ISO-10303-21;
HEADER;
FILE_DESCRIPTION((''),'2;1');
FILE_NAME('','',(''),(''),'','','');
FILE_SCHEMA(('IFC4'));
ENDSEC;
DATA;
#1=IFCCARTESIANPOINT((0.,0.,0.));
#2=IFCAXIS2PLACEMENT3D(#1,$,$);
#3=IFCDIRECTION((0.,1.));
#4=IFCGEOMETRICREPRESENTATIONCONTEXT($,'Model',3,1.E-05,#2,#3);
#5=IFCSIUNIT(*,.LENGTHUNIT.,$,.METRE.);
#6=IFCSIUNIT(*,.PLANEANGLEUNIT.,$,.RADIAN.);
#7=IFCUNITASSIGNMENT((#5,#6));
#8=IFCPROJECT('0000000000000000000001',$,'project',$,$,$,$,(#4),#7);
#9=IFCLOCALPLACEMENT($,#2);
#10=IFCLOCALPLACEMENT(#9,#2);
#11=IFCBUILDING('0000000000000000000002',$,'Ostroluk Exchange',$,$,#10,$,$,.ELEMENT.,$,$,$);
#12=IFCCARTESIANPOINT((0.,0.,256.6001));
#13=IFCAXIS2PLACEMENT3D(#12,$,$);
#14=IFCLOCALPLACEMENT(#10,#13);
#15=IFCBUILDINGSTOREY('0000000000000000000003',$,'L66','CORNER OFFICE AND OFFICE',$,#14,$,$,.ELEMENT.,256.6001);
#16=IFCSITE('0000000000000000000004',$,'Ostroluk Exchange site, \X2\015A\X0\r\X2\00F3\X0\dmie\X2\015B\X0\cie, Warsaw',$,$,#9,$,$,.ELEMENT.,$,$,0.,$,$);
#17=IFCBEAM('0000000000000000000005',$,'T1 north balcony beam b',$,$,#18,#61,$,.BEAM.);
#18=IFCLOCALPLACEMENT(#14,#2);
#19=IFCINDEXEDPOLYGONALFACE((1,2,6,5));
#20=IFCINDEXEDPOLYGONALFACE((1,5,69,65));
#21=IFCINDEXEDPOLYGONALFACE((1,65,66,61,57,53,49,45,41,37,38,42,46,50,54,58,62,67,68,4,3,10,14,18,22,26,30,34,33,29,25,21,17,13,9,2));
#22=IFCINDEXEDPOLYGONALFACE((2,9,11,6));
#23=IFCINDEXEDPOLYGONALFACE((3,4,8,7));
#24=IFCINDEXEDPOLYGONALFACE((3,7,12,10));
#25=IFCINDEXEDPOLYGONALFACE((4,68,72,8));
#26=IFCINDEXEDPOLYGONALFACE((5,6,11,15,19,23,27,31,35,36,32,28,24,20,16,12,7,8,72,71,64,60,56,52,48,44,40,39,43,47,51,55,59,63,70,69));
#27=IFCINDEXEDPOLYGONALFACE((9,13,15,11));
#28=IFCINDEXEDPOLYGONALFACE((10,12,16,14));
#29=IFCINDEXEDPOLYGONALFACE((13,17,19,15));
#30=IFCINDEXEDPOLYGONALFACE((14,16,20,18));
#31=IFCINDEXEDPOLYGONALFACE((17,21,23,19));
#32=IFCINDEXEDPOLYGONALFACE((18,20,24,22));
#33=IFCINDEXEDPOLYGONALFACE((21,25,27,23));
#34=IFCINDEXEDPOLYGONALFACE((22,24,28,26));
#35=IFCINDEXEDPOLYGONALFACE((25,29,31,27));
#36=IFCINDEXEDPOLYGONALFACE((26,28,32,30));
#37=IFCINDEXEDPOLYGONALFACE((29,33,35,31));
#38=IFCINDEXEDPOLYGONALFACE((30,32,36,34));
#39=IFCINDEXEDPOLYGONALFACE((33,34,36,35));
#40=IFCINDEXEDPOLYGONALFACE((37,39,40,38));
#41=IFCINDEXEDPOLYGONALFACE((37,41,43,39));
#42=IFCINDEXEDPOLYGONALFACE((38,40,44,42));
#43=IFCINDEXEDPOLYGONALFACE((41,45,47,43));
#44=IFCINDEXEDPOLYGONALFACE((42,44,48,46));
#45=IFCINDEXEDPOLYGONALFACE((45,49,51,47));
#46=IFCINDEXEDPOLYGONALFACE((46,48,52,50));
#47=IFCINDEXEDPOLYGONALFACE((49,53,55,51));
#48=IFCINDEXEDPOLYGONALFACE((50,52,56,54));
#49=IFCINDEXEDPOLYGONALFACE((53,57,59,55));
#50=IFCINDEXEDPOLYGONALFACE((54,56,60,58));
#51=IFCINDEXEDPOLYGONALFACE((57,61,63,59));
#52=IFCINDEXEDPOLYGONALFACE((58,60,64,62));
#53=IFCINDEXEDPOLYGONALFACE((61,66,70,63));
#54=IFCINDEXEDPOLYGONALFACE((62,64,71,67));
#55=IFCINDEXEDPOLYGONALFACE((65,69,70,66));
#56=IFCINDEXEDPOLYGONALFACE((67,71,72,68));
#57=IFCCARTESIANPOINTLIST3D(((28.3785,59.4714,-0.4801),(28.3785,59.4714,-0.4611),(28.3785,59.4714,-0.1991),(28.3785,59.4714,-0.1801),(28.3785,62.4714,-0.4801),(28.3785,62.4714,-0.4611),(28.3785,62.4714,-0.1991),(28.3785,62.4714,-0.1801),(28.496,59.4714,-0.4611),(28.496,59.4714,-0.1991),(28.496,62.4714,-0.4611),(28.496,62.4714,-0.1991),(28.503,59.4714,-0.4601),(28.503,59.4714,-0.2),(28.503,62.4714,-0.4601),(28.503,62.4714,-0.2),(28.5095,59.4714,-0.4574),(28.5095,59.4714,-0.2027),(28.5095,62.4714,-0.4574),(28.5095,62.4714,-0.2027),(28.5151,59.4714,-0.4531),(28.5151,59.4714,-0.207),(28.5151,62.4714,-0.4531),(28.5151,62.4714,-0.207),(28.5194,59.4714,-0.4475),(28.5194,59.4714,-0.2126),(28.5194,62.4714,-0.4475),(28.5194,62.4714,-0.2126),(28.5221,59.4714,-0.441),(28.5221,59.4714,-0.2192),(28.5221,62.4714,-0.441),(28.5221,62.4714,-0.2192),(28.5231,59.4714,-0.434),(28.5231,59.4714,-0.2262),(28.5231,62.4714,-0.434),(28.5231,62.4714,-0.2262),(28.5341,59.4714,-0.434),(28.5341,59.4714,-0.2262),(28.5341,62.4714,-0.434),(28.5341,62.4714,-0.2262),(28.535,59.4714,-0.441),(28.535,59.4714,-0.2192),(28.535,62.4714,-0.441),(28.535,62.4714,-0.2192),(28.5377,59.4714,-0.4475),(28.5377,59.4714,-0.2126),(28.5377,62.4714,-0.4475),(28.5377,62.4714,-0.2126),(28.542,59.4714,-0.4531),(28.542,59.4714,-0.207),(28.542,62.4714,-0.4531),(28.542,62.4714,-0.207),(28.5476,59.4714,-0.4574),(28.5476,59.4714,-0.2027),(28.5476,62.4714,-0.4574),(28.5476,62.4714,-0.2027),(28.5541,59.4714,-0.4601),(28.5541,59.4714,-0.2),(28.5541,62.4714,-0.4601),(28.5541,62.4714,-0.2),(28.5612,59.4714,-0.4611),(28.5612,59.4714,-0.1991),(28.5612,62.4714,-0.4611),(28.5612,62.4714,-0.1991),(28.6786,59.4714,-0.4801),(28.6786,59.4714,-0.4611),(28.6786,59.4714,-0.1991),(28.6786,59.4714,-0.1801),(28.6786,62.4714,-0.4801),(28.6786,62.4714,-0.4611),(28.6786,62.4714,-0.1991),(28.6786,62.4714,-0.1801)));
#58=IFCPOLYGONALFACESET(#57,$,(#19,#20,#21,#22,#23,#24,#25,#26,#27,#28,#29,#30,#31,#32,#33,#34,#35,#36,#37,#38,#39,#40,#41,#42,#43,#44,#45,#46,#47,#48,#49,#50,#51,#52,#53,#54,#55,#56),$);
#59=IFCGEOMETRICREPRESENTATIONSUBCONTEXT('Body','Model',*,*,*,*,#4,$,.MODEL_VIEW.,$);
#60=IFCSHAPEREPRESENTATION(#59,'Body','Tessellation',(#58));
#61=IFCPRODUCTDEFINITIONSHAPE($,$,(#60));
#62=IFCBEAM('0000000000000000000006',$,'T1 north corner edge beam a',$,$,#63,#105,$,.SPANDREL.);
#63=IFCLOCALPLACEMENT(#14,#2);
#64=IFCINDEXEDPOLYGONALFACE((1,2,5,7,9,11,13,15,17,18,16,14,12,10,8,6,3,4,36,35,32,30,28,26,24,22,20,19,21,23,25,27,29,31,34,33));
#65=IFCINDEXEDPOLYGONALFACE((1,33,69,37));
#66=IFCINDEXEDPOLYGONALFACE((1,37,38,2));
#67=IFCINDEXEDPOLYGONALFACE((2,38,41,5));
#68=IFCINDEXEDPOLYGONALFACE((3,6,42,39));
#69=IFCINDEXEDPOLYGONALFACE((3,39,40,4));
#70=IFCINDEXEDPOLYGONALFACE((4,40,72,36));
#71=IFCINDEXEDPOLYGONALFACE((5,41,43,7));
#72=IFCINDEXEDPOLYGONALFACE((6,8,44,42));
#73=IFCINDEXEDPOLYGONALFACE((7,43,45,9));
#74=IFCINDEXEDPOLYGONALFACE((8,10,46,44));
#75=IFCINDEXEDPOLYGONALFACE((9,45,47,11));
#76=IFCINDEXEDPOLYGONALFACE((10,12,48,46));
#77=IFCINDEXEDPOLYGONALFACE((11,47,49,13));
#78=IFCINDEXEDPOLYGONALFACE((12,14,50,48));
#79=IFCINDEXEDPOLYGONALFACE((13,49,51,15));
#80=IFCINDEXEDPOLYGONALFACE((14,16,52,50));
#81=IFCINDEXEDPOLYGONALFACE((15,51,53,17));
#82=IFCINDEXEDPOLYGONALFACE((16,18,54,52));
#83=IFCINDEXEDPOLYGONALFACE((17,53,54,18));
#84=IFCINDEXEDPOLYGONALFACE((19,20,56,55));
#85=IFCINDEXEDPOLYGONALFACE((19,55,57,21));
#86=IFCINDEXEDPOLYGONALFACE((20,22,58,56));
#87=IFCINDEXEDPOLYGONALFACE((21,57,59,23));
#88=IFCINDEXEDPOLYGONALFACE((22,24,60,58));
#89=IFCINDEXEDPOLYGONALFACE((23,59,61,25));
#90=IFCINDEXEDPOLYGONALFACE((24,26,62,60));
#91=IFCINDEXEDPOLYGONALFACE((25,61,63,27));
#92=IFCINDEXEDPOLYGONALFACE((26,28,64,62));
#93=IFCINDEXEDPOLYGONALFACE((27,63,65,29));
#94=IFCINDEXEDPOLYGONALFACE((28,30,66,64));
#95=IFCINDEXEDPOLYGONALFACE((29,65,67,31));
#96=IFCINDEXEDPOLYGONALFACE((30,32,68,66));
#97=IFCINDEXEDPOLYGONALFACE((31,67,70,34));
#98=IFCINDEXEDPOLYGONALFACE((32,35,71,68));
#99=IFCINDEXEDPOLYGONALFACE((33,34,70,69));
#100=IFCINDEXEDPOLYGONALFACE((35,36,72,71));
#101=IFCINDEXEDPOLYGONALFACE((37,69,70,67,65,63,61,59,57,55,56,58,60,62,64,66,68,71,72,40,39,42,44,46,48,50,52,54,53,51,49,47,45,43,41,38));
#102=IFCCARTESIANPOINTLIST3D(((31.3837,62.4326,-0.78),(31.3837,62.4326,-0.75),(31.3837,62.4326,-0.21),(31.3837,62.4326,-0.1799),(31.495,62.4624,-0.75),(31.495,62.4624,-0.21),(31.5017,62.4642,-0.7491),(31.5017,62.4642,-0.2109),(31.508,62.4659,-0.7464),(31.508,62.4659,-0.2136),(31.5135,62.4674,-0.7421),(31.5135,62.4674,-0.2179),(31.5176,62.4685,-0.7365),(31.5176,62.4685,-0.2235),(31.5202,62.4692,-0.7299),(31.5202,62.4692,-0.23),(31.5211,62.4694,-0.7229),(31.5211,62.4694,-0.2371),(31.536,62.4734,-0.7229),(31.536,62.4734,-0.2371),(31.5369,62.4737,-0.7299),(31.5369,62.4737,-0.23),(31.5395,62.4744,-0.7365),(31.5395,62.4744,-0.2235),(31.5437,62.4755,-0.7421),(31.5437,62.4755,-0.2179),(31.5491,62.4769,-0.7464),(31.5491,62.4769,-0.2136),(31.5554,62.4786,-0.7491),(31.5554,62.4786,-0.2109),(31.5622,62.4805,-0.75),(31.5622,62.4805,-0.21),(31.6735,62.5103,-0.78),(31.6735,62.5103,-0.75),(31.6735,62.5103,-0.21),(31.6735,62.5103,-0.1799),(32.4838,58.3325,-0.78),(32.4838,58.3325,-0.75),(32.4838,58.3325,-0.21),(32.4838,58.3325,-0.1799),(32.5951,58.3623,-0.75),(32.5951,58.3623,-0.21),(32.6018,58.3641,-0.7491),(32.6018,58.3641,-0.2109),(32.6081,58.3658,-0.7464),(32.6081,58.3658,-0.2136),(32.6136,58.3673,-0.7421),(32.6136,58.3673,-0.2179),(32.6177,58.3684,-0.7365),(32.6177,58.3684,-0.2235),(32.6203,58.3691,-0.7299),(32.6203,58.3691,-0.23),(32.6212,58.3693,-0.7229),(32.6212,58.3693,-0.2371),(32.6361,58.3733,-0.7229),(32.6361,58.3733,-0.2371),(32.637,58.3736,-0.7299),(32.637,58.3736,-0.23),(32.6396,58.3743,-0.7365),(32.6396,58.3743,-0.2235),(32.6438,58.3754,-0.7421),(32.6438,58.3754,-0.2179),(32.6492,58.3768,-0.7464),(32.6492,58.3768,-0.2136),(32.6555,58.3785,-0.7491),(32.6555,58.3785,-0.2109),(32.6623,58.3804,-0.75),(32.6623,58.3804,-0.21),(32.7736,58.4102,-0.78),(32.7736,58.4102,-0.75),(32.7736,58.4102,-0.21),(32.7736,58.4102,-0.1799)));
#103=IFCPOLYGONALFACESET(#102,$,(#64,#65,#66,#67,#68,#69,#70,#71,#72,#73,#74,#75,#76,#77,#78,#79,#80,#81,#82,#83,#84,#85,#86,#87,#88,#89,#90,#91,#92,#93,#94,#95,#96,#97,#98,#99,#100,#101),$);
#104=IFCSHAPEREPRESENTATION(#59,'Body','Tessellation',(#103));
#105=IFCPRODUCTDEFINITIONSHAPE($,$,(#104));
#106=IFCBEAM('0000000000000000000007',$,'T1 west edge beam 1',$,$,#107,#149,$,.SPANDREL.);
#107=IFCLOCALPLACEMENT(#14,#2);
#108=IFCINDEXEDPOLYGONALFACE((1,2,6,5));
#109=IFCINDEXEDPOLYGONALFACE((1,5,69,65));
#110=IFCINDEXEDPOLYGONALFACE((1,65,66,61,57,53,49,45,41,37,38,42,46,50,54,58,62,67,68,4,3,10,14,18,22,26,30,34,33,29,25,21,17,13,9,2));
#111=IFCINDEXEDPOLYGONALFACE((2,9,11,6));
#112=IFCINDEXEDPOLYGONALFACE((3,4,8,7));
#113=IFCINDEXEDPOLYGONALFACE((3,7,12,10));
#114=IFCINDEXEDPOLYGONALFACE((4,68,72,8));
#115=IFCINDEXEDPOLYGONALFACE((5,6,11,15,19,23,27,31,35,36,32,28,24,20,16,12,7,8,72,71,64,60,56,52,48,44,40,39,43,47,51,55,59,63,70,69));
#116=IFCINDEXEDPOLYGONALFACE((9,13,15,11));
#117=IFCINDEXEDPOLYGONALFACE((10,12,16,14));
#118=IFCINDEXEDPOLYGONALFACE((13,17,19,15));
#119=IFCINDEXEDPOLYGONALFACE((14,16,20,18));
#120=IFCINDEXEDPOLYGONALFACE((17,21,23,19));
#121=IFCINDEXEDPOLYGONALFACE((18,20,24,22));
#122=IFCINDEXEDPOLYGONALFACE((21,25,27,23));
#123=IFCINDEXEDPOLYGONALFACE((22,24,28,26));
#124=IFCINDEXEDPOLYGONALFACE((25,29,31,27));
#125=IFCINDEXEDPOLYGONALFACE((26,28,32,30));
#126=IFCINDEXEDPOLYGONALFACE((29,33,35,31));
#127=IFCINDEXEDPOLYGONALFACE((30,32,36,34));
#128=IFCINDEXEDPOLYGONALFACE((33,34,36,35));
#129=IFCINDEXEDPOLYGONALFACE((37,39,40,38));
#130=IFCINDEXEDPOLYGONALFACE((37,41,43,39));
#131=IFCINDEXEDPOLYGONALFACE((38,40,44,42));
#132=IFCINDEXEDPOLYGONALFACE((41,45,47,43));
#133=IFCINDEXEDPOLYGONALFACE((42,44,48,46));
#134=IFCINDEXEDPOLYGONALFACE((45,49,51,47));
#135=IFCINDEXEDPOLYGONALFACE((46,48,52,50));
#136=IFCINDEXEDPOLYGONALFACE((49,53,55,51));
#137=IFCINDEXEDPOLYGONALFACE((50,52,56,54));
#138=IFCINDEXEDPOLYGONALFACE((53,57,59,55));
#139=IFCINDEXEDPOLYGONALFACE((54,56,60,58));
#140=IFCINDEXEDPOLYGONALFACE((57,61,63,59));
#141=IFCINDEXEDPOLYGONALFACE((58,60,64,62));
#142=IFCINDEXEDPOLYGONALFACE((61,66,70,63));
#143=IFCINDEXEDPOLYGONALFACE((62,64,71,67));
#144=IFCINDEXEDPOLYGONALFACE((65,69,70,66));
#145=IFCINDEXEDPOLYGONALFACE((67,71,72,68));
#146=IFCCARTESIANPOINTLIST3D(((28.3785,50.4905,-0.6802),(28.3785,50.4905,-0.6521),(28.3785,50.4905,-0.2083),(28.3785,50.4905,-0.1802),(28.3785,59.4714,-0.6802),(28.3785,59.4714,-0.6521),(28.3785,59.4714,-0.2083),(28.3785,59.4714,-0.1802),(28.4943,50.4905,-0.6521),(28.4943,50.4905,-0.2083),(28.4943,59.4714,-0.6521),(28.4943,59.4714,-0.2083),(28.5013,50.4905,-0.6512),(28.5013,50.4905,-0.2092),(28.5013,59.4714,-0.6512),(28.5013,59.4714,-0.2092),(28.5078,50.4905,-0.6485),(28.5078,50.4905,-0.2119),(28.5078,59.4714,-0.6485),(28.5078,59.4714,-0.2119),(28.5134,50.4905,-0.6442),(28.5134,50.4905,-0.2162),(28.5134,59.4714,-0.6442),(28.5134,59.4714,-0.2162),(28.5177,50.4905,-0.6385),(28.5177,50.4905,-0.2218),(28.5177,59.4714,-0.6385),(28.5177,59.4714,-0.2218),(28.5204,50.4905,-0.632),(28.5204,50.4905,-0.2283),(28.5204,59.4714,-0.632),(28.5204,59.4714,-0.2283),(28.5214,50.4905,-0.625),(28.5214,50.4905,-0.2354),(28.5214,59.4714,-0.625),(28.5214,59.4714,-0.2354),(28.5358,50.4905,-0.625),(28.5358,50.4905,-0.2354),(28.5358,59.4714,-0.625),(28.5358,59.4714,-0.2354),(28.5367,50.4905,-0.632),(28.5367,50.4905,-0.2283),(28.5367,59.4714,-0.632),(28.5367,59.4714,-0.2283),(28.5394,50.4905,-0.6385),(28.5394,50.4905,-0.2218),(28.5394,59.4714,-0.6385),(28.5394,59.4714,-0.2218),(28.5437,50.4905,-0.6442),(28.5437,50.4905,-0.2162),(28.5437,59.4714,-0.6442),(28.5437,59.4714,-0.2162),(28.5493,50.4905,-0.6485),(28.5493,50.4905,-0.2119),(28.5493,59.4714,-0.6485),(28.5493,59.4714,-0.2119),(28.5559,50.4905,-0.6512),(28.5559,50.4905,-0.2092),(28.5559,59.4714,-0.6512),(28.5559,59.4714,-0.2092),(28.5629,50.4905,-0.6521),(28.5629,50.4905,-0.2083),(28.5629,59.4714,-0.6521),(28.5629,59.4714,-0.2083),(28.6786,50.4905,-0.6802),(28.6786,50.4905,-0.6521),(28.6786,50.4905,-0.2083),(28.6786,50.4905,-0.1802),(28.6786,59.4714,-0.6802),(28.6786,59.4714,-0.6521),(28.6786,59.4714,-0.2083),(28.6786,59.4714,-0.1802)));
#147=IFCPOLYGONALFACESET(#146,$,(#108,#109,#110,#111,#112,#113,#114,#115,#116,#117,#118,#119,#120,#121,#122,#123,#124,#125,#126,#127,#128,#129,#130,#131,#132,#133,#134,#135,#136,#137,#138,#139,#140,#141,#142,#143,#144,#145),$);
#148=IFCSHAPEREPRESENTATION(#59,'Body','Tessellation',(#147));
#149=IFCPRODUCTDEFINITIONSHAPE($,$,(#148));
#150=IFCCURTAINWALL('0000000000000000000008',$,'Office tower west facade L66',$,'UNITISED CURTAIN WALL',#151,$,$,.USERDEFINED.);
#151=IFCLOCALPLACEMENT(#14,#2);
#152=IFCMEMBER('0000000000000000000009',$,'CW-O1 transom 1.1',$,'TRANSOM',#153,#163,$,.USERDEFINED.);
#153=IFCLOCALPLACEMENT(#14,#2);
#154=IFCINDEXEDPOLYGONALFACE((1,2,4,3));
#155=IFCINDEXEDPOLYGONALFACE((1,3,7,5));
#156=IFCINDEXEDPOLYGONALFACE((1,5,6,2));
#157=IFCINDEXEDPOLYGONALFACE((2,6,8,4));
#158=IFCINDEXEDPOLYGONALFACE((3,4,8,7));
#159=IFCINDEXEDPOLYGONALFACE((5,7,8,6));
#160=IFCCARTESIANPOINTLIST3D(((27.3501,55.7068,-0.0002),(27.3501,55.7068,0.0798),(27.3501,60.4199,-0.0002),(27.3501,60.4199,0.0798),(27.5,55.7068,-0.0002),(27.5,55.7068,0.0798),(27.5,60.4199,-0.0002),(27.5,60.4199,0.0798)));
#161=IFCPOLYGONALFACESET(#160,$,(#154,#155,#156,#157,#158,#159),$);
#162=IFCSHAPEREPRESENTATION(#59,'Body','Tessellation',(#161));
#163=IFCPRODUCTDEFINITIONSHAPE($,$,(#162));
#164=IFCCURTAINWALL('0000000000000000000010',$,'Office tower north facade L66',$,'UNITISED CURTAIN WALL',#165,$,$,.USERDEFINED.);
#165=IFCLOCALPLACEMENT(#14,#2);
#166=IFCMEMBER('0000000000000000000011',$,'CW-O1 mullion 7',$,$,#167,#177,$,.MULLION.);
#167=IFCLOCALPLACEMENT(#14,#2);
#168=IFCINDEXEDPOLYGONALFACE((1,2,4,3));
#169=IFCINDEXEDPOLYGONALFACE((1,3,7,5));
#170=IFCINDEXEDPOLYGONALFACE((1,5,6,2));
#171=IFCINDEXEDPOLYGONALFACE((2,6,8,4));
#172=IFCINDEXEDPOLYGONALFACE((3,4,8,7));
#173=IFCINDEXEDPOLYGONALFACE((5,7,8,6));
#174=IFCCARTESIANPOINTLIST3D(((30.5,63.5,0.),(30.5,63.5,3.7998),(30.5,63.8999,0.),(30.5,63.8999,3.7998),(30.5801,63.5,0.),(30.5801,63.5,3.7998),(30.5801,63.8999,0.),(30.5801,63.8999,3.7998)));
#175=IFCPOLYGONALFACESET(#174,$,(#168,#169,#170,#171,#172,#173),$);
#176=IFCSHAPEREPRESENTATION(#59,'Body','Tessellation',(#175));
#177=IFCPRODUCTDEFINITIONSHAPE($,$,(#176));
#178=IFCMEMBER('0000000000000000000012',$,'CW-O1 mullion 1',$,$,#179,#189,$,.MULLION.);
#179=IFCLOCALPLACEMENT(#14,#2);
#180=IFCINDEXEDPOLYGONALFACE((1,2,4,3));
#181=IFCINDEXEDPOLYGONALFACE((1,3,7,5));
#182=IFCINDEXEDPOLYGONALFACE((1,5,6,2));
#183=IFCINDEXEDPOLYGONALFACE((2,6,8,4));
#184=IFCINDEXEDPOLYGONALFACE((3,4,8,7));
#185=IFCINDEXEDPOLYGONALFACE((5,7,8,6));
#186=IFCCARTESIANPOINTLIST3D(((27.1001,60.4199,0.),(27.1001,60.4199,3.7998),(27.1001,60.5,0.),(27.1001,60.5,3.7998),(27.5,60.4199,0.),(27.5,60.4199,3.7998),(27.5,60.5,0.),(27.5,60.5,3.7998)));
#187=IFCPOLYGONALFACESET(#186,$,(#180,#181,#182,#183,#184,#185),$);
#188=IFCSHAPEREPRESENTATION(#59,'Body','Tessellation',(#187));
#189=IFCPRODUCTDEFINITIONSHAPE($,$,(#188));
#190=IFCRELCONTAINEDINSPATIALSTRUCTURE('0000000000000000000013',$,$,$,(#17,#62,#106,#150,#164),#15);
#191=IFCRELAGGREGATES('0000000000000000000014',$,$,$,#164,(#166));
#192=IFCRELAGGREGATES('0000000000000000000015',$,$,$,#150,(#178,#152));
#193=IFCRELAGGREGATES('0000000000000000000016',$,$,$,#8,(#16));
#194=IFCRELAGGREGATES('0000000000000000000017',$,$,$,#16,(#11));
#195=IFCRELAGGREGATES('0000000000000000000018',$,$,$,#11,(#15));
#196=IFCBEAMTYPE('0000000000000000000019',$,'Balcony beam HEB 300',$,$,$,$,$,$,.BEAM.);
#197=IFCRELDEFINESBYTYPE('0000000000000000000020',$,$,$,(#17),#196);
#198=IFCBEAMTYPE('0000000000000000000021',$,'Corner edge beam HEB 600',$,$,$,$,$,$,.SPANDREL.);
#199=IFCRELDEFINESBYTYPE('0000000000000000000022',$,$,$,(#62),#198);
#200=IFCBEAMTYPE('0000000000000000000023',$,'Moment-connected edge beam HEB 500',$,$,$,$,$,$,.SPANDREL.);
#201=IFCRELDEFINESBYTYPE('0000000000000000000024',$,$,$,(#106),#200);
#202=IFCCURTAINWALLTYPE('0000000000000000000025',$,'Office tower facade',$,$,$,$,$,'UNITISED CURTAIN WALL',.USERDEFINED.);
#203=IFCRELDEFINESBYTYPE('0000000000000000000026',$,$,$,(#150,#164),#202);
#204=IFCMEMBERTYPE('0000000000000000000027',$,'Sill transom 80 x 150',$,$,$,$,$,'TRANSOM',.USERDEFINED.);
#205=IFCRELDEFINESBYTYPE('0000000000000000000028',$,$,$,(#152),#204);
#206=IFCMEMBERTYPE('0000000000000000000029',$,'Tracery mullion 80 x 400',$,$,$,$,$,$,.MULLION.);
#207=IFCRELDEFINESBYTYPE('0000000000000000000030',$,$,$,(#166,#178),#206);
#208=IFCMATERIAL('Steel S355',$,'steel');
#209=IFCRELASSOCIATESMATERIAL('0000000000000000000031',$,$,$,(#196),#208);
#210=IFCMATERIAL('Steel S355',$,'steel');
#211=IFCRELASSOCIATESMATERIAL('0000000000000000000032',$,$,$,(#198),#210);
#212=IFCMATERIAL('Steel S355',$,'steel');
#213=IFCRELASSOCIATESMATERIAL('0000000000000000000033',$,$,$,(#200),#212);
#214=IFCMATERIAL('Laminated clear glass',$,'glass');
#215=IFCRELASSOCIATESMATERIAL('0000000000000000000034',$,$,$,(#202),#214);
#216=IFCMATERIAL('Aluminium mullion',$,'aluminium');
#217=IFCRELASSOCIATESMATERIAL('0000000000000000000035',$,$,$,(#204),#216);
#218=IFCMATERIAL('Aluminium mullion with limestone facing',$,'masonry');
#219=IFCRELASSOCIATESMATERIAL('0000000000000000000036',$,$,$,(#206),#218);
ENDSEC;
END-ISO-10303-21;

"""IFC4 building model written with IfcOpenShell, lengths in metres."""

from ifc_helpers import new_model, si_unit, direction, frame, origin, origin_2d, place, context, subcontext, project, spatial, rectangle, i_section, extrude, material, material_profile, profile_set, type_object, element, aggregate, save


model = new_model("IFC4")

# Units and contexts
model_context = context("Model", 3, precision=1e-05, world=origin(), true_north=direction((0.0, 1.0)))
body_context = subcontext(model_context, "Body", "Model", "MODEL_VIEW")
ifc_project = project(units=[si_unit("LENGTHUNIT", "METRE"), si_unit("PLANEANGLEUNIT", "RADIAN")], contexts=[model_context])

# Site, building, storey
site_placement = place(None, origin())
site = spatial("IfcSite", under=ifc_project, at=site_placement, Name="Ostroluk Exchange site, Śródmieście, Warsaw", CompositionType="ELEMENT", RefElevation=0.0)
building_placement = place(site_placement, origin())
building = spatial("IfcBuilding", under=site, at=building_placement, Name="Ostroluk Exchange", CompositionType="ELEMENT")
storey_placement = place(building_placement, frame((0.0, 0.0, 256.6001)))
storey = spatial("IfcBuildingStorey", under=building, at=storey_placement, Name="L66", Description="CORNER OFFICE AND OFFICE", CompositionType="ELEMENT", Elevation=256.6001)

# Beams
ifc_material_1 = material(Name="Steel S355", Category="steel")
ifc_material_profile_1 = material_profile(ifc_material_1, i_section(OverallWidth=0.3, OverallDepth=0.3, WebThickness=0.011, FlangeThickness=0.019, FilletRadius=0.0271, at=origin_2d()), Name="HEB 300")
ifc_profile_set_1 = profile_set([ifc_material_profile_1], Name="Steel S355")
beam_type_1 = type_object("IfcBeamType", Name="Balcony beam HEB 300", PredefinedType="BEAM", material=ifc_profile_set_1)
for number, where, z_axis, x_axis, name in (
    (1, (28.5286, 59.4714, -0.3301), (0.0, 1.0, 0.0), (-1.0, 0.0, 0.0), "T1 north balcony beam b"),
):
    element("IfcBeam", number, at=place(storey_placement, frame(where, z_axis=z_axis, x_axis=x_axis)), inside=storey, type_object=beam_type_1, Name=name, PredefinedType="BEAM", context=body_context, shape_type="SweptSolid", body=[
        extrude(i_section(OverallWidth=0.3, OverallDepth=0.3, WebThickness=0.011, FlangeThickness=0.019, FilletRadius=0.0271, at=origin_2d()), origin(), (0.0, 0.0, 1.0), 3.0),
    ])
ifc_material_2 = material(Name="Steel S355", Category="steel")
ifc_material_profile_2 = material_profile(ifc_material_2, i_section(OverallWidth=0.3, OverallDepth=0.6001, WebThickness=0.0154, FlangeThickness=0.03, FilletRadius=0.0271, at=origin_2d()), Name="HEB 600")
ifc_profile_set_2 = profile_set([ifc_material_profile_2], Name="Steel S355")
beam_type_2 = type_object("IfcBeamType", Name="Corner edge beam HEB 600", PredefinedType="SPANDREL", material=ifc_profile_set_2)
beam_1_placement = place(storey_placement, frame((32.6287, 58.3713, -0.48), z_axis=(-0.259144, 0.965839, 0.0), x_axis=(-0.965839, -0.259144, 0.0)))
element("IfcBeam", 2, at=beam_1_placement, inside=storey, type_object=beam_type_2, Name="T1 north corner edge beam a", PredefinedType="SPANDREL", context=body_context, shape_type="SweptSolid", body=[
    extrude(i_section(OverallWidth=0.3, OverallDepth=0.6001, WebThickness=0.0154, FlangeThickness=0.03, FilletRadius=0.0271, at=origin_2d()), origin(), (0.0, 0.0, 1.0), 4.2451),
])
ifc_material_3 = material(Name="Steel S355", Category="steel")
ifc_material_profile_3 = material_profile(ifc_material_3, i_section(OverallWidth=0.3, OverallDepth=0.5, WebThickness=0.0144, FlangeThickness=0.0281, FilletRadius=0.0271, at=origin_2d()), Name="HEB 500")
ifc_profile_set_3 = profile_set([ifc_material_profile_3], Name="Steel S355")
beam_type_3 = type_object("IfcBeamType", Name="Moment-connected edge beam HEB 500", PredefinedType="SPANDREL", material=ifc_profile_set_3)
beam_2_placement = place(storey_placement, frame((28.5286, 59.4714, -0.4302), z_axis=(0.0, -1.0, 0.0), x_axis=(1.0, 0.0, 0.0)))
element("IfcBeam", 3, at=beam_2_placement, inside=storey, type_object=beam_type_3, Name="T1 west edge beam 1", PredefinedType="SPANDREL", context=body_context, shape_type="SweptSolid", body=[
    extrude(i_section(OverallWidth=0.3, OverallDepth=0.5, WebThickness=0.0144, FlangeThickness=0.0281, FilletRadius=0.0271, at=origin_2d()), origin(), (0.0, 0.0, 1.0), 8.981),
])

# Curtain walls, members
ifc_material_4 = material(Name="Laminated clear glass", Category="glass")
curtain_wall_type = type_object("IfcCurtainWallType", Name="Office tower facade", ElementType="UNITISED CURTAIN WALL", PredefinedType="USERDEFINED", material=ifc_material_4)
curtain_wall_1_placement = place(storey_placement, origin())
curtain_wall_1 = element("IfcCurtainWall", 4, at=curtain_wall_1_placement, inside=storey, type_object=curtain_wall_type, Name="Office tower west facade L66", ObjectType="UNITISED CURTAIN WALL", PredefinedType="USERDEFINED")
ifc_material_5 = material(Name="Aluminium mullion", Category="aluminium")
ifc_material_profile_4 = material_profile(ifc_material_5, rectangle(XDim=0.1499, YDim=0.0801, at=origin_2d()), Name="Sill transom 80 x 150")
ifc_profile_set_4 = profile_set([ifc_material_profile_4], Name="Aluminium mullion")
member_type_1 = type_object("IfcMemberType", Name="Sill transom 80 x 150", ElementType="TRANSOM", PredefinedType="USERDEFINED", material=ifc_profile_set_4)
member_1_placement = place(storey_placement, frame((27.425, 60.4199, 0.0398), z_axis=(0.0, -1.0, 0.0), x_axis=(1.0, 0.0, 0.0)))
member_1 = element("IfcMember", 5, at=member_1_placement, type_object=member_type_1, Name="CW-O1 transom 1.1", ObjectType="TRANSOM", PredefinedType="USERDEFINED", context=body_context, shape_type="SweptSolid", body=[
    extrude(rectangle(XDim=0.1499, YDim=0.0801, at=origin_2d()), origin(), (0.0, 0.0, 1.0), 4.7131),
])
curtain_wall_2_placement = place(storey_placement, origin())
curtain_wall_2 = element("IfcCurtainWall", 6, at=curtain_wall_2_placement, inside=storey, type_object=curtain_wall_type, Name="Office tower north facade L66", ObjectType="UNITISED CURTAIN WALL", PredefinedType="USERDEFINED")
ifc_material_6 = material(Name="Aluminium mullion with limestone facing", Category="masonry")
ifc_material_profile_5 = material_profile(ifc_material_6, rectangle(XDim=0.3999, YDim=0.0801, at=origin_2d()), Name="Tracery mullion 80 x 400")
ifc_profile_set_5 = profile_set([ifc_material_profile_5], Name="Aluminium mullion with limestone facing")
member_type_2 = type_object("IfcMemberType", Name="Tracery mullion 80 x 400", PredefinedType="MULLION", material=ifc_profile_set_5)
member_2_placement = place(storey_placement, frame((30.54, 63.7, 0.0), z_axis=(0.0, 0.0, 1.0), x_axis=(0.0, -1.0, 0.0)))
member_2 = element("IfcMember", 7, at=member_2_placement, type_object=member_type_2, Name="CW-O1 mullion 7", PredefinedType="MULLION", context=body_context, shape_type="SweptSolid", body=[
    extrude(rectangle(XDim=0.3999, YDim=0.0801, at=origin_2d()), origin(), (0.0, 0.0, 1.0), 3.7998),
])
aggregate(curtain_wall_2, [member_2])

# Member
member_3_placement = place(storey_placement, frame((27.3, 60.46, 0.0), z_axis=(0.0, 0.0, 1.0), x_axis=(1.0, 0.0, 0.0)))
member_3 = element("IfcMember", 8, at=member_3_placement, type_object=member_type_2, Name="CW-O1 mullion 1", PredefinedType="MULLION", context=body_context, shape_type="SweptSolid", body=[
    extrude(rectangle(XDim=0.3999, YDim=0.0801, at=origin_2d()), origin(), (0.0, 0.0, 1.0), 3.7998),
])

aggregate(curtain_wall_1, [member_3, member_1])

save(model, "model.ifc")
